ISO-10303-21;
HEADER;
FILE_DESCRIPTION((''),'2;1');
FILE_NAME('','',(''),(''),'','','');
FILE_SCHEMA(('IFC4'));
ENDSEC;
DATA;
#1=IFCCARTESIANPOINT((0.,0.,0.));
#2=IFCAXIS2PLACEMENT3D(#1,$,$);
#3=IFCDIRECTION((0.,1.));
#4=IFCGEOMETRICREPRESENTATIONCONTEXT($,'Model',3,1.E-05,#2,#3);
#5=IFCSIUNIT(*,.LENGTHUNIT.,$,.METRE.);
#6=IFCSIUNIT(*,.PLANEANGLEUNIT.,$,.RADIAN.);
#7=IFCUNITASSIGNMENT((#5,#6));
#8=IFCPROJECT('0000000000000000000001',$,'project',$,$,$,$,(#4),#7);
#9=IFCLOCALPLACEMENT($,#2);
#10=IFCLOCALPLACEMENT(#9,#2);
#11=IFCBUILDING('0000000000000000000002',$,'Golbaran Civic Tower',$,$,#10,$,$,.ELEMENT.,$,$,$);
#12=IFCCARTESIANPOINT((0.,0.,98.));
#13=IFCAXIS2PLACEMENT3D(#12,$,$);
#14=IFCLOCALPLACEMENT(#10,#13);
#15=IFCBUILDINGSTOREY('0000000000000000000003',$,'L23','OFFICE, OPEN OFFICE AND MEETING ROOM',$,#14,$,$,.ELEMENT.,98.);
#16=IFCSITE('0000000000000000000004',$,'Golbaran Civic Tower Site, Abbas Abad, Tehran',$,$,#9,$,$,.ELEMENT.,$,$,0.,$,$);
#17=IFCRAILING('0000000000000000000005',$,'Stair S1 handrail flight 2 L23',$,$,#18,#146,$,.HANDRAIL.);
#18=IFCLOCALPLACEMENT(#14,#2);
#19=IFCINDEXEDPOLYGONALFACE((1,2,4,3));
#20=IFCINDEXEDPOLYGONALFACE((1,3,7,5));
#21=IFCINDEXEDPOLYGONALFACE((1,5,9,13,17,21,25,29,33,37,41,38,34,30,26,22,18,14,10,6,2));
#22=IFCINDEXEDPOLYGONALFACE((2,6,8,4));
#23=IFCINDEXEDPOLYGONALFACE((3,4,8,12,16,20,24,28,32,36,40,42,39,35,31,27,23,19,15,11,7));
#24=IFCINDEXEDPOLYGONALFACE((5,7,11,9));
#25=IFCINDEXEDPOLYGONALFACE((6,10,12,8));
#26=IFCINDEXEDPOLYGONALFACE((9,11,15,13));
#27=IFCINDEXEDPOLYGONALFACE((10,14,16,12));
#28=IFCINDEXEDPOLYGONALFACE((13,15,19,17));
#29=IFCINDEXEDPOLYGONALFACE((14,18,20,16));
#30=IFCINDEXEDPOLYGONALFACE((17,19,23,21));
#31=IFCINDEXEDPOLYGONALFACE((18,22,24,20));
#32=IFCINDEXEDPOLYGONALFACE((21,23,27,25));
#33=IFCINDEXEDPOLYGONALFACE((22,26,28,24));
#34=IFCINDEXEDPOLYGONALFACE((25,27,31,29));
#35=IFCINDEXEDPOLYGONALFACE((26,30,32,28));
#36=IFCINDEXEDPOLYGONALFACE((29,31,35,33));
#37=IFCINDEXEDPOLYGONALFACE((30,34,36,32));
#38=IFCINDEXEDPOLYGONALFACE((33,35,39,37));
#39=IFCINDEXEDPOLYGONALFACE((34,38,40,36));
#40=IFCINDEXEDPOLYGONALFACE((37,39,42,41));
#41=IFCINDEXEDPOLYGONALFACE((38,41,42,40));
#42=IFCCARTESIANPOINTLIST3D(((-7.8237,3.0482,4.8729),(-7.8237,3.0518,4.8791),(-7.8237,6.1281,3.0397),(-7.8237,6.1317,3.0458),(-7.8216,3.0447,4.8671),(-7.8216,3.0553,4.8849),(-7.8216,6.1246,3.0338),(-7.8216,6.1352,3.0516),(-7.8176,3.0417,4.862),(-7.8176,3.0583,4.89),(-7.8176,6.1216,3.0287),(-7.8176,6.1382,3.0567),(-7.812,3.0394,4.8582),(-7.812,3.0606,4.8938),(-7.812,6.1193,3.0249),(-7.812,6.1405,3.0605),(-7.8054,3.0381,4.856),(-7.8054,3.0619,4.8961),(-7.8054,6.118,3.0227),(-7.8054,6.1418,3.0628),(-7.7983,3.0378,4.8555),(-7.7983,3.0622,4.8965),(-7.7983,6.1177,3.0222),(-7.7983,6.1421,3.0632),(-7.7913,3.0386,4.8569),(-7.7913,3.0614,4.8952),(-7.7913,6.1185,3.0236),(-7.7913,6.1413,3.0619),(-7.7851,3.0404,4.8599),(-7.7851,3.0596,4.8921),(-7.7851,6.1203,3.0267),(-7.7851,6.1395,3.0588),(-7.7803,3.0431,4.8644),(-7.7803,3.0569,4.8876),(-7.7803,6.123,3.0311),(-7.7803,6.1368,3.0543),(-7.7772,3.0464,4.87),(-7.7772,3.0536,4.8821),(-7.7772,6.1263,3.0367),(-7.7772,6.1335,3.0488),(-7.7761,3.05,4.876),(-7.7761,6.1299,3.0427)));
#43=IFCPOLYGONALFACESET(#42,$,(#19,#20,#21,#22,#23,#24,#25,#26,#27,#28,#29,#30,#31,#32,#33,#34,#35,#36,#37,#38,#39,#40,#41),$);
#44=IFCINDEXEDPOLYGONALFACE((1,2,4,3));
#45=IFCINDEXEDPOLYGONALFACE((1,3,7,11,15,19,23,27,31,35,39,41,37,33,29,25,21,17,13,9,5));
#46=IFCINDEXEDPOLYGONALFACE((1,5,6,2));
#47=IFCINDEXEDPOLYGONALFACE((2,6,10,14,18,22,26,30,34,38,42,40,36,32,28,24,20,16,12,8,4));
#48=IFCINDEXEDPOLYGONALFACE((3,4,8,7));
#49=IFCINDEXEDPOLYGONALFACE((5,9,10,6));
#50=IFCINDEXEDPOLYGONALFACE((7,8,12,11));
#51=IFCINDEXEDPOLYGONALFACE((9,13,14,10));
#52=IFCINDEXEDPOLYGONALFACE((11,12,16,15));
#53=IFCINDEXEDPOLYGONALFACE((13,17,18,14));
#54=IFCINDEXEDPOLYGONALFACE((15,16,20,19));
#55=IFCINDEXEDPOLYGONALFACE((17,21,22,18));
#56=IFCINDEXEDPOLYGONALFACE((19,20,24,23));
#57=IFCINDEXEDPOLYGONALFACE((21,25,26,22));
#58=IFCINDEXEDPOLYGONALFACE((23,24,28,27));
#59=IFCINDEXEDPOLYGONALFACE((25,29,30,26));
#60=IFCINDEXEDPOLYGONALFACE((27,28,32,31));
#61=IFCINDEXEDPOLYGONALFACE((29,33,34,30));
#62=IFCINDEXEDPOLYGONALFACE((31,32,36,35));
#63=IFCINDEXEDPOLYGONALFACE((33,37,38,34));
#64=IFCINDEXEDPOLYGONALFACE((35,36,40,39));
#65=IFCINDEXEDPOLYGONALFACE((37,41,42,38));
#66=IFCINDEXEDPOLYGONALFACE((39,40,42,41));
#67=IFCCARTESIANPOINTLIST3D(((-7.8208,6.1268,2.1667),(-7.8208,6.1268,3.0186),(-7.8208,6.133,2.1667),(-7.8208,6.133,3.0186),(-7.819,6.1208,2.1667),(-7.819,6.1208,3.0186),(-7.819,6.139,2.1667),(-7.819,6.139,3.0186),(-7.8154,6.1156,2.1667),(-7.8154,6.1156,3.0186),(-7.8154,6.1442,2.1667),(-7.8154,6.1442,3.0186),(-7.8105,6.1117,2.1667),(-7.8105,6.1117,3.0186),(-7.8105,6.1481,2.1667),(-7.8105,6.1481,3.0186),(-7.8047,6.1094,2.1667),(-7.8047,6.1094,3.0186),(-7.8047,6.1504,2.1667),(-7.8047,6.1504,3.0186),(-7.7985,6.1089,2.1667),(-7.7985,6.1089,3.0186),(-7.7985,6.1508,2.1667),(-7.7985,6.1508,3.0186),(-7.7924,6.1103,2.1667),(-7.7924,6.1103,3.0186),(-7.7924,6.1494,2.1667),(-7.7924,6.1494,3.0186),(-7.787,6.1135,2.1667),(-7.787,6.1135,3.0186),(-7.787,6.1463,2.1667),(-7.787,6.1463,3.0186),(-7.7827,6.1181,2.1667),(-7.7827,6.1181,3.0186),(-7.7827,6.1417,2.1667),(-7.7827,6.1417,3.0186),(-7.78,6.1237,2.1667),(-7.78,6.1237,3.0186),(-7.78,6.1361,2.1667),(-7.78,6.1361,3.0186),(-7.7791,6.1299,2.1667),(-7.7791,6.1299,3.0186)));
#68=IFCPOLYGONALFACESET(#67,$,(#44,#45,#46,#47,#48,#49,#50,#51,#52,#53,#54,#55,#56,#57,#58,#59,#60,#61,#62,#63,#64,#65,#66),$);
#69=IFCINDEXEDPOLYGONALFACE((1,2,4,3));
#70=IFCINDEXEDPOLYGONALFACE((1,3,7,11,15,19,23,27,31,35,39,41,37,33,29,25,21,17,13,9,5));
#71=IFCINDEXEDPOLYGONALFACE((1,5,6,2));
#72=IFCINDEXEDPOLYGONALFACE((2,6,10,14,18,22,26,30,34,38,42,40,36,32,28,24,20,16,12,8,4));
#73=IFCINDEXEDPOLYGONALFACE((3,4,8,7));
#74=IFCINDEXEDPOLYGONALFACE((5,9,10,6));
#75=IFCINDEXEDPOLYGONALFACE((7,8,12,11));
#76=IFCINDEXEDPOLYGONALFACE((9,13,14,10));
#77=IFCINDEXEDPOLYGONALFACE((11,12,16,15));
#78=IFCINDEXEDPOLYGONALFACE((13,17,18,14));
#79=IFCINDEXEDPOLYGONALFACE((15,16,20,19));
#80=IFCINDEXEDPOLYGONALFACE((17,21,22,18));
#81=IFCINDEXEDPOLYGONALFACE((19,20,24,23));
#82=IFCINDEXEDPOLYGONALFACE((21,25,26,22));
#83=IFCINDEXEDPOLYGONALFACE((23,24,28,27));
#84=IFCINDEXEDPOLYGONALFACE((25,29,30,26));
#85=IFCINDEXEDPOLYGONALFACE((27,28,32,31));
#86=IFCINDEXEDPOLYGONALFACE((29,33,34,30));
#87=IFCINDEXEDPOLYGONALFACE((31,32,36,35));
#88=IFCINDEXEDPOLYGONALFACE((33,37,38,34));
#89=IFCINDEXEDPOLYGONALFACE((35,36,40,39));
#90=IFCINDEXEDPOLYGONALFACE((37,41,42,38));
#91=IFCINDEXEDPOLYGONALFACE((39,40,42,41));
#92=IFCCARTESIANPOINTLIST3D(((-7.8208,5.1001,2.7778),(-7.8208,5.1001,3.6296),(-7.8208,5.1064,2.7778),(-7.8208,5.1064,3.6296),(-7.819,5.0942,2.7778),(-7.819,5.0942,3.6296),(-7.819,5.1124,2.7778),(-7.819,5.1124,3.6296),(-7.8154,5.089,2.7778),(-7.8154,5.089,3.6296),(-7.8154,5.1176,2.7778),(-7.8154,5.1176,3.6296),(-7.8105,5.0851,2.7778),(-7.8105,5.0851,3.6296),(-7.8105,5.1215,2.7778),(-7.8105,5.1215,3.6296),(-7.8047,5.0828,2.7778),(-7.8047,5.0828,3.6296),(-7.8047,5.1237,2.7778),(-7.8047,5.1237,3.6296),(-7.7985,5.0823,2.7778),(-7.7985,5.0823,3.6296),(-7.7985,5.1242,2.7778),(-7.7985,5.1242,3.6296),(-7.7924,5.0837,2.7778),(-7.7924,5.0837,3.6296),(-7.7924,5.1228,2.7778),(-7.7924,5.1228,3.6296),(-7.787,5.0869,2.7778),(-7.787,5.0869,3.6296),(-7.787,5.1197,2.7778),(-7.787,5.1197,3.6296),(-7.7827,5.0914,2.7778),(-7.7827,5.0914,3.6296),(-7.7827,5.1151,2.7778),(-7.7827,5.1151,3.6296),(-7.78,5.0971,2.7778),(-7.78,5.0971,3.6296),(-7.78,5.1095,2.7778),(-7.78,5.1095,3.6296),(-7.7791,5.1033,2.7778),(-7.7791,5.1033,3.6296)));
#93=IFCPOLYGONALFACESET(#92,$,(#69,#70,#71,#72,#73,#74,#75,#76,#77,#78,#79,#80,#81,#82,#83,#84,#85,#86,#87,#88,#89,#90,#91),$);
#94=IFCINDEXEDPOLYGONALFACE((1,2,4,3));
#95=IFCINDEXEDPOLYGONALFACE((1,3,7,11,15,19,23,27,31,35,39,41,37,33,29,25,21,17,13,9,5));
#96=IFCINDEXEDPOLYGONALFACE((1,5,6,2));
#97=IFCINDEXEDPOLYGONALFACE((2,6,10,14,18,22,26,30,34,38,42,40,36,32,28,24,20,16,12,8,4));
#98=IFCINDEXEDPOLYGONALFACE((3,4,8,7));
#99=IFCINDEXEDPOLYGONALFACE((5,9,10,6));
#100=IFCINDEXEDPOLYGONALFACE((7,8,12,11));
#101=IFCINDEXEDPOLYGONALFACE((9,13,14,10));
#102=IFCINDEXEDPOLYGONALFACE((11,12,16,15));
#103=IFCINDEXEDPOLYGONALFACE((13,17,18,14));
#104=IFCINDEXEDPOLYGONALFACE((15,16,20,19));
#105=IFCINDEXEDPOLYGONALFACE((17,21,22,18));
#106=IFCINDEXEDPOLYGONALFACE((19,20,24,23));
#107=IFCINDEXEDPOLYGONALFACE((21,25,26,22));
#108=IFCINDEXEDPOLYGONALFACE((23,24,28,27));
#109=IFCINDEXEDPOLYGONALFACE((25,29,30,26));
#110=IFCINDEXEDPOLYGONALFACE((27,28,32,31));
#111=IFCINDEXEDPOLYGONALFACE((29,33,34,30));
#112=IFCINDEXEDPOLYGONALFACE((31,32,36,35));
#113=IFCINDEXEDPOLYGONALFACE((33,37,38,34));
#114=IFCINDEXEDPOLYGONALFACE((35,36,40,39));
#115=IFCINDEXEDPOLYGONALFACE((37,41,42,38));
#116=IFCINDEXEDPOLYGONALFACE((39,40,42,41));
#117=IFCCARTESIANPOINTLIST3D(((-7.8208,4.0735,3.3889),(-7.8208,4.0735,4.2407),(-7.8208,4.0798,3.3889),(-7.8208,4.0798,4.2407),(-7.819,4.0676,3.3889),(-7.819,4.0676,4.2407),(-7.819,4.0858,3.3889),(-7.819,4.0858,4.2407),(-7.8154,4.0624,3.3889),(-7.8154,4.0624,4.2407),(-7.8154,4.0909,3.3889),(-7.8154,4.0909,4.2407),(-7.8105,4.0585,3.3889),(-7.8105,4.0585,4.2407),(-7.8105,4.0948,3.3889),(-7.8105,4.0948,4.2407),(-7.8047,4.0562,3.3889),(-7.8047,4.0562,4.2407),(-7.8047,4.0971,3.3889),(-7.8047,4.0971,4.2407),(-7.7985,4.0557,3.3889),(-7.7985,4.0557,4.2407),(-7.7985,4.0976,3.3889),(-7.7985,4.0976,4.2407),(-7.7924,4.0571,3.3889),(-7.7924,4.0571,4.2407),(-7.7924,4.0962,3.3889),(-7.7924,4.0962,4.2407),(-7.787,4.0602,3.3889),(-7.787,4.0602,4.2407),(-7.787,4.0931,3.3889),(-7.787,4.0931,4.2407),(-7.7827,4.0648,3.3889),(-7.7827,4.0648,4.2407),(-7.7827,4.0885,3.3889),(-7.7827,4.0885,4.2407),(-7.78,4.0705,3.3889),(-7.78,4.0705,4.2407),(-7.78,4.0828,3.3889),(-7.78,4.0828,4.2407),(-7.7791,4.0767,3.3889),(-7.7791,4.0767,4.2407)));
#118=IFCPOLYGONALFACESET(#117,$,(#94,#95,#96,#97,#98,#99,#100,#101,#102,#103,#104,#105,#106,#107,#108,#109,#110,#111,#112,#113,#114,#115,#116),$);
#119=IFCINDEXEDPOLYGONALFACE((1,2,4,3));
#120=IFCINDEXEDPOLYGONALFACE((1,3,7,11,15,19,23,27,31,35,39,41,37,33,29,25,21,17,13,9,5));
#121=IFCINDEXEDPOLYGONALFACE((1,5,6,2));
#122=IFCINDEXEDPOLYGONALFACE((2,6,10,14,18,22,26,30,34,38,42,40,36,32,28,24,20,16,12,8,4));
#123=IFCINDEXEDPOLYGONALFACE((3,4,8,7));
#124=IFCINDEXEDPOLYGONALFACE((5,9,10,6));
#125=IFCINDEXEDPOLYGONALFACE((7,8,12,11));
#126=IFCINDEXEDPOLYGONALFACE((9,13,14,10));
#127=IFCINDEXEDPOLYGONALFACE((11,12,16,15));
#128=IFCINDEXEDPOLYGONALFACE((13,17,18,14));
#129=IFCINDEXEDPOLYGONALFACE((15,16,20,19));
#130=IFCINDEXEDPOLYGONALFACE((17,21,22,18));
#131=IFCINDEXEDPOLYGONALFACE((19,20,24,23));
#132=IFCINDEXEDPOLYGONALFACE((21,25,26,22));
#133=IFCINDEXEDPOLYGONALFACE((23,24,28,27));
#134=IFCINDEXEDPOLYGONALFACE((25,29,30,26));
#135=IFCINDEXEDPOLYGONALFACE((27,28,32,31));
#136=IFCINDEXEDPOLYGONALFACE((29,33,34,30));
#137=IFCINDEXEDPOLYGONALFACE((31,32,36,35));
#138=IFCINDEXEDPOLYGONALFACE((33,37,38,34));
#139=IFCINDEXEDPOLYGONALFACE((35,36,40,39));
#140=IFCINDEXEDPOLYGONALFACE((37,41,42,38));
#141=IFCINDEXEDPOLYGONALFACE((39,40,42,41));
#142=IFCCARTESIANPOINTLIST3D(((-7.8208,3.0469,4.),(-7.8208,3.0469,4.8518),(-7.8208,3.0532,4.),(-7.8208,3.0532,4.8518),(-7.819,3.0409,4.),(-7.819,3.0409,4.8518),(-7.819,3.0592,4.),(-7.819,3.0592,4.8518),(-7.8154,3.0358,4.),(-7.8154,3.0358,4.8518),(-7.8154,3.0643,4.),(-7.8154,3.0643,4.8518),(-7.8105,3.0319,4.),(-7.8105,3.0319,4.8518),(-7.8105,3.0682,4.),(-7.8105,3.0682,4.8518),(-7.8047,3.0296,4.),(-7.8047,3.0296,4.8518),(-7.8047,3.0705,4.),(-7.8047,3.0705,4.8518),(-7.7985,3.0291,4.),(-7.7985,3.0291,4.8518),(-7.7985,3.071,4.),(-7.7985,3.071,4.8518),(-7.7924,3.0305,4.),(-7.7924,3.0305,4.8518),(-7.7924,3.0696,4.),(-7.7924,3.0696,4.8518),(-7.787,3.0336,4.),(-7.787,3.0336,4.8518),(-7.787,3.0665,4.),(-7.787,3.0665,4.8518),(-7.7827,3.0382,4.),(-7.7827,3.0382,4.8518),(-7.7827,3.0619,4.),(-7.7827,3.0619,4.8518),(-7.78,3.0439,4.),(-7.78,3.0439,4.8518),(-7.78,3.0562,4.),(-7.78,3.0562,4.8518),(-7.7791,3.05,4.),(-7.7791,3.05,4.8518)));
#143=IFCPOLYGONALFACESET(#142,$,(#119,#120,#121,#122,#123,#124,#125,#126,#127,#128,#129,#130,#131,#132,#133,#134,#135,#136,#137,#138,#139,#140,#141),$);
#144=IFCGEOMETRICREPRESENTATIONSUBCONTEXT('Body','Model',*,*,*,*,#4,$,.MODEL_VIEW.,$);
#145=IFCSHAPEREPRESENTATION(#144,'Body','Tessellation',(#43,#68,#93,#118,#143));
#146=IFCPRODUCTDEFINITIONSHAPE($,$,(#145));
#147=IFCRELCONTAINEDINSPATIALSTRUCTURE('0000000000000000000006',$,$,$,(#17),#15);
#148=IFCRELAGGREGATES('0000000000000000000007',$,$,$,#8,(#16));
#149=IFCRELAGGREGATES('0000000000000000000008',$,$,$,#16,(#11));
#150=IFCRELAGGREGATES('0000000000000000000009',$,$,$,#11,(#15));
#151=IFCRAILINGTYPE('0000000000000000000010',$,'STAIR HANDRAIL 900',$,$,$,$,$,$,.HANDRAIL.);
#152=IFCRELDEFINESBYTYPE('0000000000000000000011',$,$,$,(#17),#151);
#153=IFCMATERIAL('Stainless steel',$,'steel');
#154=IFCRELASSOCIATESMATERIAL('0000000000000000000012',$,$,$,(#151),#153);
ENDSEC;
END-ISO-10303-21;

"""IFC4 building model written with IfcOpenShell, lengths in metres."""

from ifc_helpers import new_model, si_unit, direction, frame, origin, origin_2d, place, context, subcontext, project, spatial, circle, extrude, material, type_object, element, save


model = new_model("IFC4")

# Units and contexts
model_context = context("Model", 3, precision=1e-05, world=origin(), true_north=direction((0.0, 1.0)))
body_context = subcontext(model_context, "Body", "Model", "MODEL_VIEW")
ifc_project = project(units=[si_unit("LENGTHUNIT", "METRE"), si_unit("PLANEANGLEUNIT", "RADIAN")], contexts=[model_context])

# Site, building, storey
site_placement = place(None, origin())
site = spatial("IfcSite", under=ifc_project, at=site_placement, Name="Golbaran Civic Tower Site, Abbas Abad, Tehran", CompositionType="ELEMENT", RefElevation=0.0)
building_placement = place(site_placement, origin())
building = spatial("IfcBuilding", under=site, at=building_placement, Name="Golbaran Civic Tower", CompositionType="ELEMENT")
storey_placement = place(building_placement, frame((0.0, 0.0, 98.0)))
storey = spatial("IfcBuildingStorey", under=building, at=storey_placement, Name="L23", Description="OFFICE, OPEN OFFICE AND MEETING ROOM", CompositionType="ELEMENT", Elevation=98.0)

# Shared definitions
ifc_material_1 = material(Name="Stainless steel", Category="steel")

# Railing
railing_type = type_object("IfcRailingType", Name="STAIR HANDRAIL 900", PredefinedType="HANDRAIL", material=ifc_material_1)
railing_1_placement = place(storey_placement, frame((-7.8, 6.1299, 2.1667)))
element("IfcRailing", 1, at=railing_1_placement, inside=storey, type_object=railing_type, Name="Stair S1 handrail flight 2 L23", PredefinedType="HANDRAIL", context=body_context, shape_type="SweptSolid", body=[
    extrude(circle(Radius=0.0239, at=origin_2d()), frame((0.0, 0.0, 0.876), z_axis=(0.0, -0.859291, 0.511487), x_axis=(1.0, 0.0, 0.0)), (0.0, 0.0, 1.0), 3.5842),
    extrude(circle(Radius=0.021, at=origin_2d()), origin(), (0.0, 0.0, 1.0), 0.8518),
    extrude(circle(Radius=0.021, at=origin_2d()), frame((0.0, -1.0266, 0.6111)), (0.0, 0.0, 1.0), 0.8518),
    extrude(circle(Radius=0.021, at=origin_2d()), frame((0.0, -2.0532, 1.2222)), (0.0, 0.0, 1.0), 0.8518),
    extrude(circle(Radius=0.021, at=origin_2d()), frame((0.0, -3.0798, 1.8333)), (0.0, 0.0, 1.0), 0.8518),
])

save(model, "model.ifc")
